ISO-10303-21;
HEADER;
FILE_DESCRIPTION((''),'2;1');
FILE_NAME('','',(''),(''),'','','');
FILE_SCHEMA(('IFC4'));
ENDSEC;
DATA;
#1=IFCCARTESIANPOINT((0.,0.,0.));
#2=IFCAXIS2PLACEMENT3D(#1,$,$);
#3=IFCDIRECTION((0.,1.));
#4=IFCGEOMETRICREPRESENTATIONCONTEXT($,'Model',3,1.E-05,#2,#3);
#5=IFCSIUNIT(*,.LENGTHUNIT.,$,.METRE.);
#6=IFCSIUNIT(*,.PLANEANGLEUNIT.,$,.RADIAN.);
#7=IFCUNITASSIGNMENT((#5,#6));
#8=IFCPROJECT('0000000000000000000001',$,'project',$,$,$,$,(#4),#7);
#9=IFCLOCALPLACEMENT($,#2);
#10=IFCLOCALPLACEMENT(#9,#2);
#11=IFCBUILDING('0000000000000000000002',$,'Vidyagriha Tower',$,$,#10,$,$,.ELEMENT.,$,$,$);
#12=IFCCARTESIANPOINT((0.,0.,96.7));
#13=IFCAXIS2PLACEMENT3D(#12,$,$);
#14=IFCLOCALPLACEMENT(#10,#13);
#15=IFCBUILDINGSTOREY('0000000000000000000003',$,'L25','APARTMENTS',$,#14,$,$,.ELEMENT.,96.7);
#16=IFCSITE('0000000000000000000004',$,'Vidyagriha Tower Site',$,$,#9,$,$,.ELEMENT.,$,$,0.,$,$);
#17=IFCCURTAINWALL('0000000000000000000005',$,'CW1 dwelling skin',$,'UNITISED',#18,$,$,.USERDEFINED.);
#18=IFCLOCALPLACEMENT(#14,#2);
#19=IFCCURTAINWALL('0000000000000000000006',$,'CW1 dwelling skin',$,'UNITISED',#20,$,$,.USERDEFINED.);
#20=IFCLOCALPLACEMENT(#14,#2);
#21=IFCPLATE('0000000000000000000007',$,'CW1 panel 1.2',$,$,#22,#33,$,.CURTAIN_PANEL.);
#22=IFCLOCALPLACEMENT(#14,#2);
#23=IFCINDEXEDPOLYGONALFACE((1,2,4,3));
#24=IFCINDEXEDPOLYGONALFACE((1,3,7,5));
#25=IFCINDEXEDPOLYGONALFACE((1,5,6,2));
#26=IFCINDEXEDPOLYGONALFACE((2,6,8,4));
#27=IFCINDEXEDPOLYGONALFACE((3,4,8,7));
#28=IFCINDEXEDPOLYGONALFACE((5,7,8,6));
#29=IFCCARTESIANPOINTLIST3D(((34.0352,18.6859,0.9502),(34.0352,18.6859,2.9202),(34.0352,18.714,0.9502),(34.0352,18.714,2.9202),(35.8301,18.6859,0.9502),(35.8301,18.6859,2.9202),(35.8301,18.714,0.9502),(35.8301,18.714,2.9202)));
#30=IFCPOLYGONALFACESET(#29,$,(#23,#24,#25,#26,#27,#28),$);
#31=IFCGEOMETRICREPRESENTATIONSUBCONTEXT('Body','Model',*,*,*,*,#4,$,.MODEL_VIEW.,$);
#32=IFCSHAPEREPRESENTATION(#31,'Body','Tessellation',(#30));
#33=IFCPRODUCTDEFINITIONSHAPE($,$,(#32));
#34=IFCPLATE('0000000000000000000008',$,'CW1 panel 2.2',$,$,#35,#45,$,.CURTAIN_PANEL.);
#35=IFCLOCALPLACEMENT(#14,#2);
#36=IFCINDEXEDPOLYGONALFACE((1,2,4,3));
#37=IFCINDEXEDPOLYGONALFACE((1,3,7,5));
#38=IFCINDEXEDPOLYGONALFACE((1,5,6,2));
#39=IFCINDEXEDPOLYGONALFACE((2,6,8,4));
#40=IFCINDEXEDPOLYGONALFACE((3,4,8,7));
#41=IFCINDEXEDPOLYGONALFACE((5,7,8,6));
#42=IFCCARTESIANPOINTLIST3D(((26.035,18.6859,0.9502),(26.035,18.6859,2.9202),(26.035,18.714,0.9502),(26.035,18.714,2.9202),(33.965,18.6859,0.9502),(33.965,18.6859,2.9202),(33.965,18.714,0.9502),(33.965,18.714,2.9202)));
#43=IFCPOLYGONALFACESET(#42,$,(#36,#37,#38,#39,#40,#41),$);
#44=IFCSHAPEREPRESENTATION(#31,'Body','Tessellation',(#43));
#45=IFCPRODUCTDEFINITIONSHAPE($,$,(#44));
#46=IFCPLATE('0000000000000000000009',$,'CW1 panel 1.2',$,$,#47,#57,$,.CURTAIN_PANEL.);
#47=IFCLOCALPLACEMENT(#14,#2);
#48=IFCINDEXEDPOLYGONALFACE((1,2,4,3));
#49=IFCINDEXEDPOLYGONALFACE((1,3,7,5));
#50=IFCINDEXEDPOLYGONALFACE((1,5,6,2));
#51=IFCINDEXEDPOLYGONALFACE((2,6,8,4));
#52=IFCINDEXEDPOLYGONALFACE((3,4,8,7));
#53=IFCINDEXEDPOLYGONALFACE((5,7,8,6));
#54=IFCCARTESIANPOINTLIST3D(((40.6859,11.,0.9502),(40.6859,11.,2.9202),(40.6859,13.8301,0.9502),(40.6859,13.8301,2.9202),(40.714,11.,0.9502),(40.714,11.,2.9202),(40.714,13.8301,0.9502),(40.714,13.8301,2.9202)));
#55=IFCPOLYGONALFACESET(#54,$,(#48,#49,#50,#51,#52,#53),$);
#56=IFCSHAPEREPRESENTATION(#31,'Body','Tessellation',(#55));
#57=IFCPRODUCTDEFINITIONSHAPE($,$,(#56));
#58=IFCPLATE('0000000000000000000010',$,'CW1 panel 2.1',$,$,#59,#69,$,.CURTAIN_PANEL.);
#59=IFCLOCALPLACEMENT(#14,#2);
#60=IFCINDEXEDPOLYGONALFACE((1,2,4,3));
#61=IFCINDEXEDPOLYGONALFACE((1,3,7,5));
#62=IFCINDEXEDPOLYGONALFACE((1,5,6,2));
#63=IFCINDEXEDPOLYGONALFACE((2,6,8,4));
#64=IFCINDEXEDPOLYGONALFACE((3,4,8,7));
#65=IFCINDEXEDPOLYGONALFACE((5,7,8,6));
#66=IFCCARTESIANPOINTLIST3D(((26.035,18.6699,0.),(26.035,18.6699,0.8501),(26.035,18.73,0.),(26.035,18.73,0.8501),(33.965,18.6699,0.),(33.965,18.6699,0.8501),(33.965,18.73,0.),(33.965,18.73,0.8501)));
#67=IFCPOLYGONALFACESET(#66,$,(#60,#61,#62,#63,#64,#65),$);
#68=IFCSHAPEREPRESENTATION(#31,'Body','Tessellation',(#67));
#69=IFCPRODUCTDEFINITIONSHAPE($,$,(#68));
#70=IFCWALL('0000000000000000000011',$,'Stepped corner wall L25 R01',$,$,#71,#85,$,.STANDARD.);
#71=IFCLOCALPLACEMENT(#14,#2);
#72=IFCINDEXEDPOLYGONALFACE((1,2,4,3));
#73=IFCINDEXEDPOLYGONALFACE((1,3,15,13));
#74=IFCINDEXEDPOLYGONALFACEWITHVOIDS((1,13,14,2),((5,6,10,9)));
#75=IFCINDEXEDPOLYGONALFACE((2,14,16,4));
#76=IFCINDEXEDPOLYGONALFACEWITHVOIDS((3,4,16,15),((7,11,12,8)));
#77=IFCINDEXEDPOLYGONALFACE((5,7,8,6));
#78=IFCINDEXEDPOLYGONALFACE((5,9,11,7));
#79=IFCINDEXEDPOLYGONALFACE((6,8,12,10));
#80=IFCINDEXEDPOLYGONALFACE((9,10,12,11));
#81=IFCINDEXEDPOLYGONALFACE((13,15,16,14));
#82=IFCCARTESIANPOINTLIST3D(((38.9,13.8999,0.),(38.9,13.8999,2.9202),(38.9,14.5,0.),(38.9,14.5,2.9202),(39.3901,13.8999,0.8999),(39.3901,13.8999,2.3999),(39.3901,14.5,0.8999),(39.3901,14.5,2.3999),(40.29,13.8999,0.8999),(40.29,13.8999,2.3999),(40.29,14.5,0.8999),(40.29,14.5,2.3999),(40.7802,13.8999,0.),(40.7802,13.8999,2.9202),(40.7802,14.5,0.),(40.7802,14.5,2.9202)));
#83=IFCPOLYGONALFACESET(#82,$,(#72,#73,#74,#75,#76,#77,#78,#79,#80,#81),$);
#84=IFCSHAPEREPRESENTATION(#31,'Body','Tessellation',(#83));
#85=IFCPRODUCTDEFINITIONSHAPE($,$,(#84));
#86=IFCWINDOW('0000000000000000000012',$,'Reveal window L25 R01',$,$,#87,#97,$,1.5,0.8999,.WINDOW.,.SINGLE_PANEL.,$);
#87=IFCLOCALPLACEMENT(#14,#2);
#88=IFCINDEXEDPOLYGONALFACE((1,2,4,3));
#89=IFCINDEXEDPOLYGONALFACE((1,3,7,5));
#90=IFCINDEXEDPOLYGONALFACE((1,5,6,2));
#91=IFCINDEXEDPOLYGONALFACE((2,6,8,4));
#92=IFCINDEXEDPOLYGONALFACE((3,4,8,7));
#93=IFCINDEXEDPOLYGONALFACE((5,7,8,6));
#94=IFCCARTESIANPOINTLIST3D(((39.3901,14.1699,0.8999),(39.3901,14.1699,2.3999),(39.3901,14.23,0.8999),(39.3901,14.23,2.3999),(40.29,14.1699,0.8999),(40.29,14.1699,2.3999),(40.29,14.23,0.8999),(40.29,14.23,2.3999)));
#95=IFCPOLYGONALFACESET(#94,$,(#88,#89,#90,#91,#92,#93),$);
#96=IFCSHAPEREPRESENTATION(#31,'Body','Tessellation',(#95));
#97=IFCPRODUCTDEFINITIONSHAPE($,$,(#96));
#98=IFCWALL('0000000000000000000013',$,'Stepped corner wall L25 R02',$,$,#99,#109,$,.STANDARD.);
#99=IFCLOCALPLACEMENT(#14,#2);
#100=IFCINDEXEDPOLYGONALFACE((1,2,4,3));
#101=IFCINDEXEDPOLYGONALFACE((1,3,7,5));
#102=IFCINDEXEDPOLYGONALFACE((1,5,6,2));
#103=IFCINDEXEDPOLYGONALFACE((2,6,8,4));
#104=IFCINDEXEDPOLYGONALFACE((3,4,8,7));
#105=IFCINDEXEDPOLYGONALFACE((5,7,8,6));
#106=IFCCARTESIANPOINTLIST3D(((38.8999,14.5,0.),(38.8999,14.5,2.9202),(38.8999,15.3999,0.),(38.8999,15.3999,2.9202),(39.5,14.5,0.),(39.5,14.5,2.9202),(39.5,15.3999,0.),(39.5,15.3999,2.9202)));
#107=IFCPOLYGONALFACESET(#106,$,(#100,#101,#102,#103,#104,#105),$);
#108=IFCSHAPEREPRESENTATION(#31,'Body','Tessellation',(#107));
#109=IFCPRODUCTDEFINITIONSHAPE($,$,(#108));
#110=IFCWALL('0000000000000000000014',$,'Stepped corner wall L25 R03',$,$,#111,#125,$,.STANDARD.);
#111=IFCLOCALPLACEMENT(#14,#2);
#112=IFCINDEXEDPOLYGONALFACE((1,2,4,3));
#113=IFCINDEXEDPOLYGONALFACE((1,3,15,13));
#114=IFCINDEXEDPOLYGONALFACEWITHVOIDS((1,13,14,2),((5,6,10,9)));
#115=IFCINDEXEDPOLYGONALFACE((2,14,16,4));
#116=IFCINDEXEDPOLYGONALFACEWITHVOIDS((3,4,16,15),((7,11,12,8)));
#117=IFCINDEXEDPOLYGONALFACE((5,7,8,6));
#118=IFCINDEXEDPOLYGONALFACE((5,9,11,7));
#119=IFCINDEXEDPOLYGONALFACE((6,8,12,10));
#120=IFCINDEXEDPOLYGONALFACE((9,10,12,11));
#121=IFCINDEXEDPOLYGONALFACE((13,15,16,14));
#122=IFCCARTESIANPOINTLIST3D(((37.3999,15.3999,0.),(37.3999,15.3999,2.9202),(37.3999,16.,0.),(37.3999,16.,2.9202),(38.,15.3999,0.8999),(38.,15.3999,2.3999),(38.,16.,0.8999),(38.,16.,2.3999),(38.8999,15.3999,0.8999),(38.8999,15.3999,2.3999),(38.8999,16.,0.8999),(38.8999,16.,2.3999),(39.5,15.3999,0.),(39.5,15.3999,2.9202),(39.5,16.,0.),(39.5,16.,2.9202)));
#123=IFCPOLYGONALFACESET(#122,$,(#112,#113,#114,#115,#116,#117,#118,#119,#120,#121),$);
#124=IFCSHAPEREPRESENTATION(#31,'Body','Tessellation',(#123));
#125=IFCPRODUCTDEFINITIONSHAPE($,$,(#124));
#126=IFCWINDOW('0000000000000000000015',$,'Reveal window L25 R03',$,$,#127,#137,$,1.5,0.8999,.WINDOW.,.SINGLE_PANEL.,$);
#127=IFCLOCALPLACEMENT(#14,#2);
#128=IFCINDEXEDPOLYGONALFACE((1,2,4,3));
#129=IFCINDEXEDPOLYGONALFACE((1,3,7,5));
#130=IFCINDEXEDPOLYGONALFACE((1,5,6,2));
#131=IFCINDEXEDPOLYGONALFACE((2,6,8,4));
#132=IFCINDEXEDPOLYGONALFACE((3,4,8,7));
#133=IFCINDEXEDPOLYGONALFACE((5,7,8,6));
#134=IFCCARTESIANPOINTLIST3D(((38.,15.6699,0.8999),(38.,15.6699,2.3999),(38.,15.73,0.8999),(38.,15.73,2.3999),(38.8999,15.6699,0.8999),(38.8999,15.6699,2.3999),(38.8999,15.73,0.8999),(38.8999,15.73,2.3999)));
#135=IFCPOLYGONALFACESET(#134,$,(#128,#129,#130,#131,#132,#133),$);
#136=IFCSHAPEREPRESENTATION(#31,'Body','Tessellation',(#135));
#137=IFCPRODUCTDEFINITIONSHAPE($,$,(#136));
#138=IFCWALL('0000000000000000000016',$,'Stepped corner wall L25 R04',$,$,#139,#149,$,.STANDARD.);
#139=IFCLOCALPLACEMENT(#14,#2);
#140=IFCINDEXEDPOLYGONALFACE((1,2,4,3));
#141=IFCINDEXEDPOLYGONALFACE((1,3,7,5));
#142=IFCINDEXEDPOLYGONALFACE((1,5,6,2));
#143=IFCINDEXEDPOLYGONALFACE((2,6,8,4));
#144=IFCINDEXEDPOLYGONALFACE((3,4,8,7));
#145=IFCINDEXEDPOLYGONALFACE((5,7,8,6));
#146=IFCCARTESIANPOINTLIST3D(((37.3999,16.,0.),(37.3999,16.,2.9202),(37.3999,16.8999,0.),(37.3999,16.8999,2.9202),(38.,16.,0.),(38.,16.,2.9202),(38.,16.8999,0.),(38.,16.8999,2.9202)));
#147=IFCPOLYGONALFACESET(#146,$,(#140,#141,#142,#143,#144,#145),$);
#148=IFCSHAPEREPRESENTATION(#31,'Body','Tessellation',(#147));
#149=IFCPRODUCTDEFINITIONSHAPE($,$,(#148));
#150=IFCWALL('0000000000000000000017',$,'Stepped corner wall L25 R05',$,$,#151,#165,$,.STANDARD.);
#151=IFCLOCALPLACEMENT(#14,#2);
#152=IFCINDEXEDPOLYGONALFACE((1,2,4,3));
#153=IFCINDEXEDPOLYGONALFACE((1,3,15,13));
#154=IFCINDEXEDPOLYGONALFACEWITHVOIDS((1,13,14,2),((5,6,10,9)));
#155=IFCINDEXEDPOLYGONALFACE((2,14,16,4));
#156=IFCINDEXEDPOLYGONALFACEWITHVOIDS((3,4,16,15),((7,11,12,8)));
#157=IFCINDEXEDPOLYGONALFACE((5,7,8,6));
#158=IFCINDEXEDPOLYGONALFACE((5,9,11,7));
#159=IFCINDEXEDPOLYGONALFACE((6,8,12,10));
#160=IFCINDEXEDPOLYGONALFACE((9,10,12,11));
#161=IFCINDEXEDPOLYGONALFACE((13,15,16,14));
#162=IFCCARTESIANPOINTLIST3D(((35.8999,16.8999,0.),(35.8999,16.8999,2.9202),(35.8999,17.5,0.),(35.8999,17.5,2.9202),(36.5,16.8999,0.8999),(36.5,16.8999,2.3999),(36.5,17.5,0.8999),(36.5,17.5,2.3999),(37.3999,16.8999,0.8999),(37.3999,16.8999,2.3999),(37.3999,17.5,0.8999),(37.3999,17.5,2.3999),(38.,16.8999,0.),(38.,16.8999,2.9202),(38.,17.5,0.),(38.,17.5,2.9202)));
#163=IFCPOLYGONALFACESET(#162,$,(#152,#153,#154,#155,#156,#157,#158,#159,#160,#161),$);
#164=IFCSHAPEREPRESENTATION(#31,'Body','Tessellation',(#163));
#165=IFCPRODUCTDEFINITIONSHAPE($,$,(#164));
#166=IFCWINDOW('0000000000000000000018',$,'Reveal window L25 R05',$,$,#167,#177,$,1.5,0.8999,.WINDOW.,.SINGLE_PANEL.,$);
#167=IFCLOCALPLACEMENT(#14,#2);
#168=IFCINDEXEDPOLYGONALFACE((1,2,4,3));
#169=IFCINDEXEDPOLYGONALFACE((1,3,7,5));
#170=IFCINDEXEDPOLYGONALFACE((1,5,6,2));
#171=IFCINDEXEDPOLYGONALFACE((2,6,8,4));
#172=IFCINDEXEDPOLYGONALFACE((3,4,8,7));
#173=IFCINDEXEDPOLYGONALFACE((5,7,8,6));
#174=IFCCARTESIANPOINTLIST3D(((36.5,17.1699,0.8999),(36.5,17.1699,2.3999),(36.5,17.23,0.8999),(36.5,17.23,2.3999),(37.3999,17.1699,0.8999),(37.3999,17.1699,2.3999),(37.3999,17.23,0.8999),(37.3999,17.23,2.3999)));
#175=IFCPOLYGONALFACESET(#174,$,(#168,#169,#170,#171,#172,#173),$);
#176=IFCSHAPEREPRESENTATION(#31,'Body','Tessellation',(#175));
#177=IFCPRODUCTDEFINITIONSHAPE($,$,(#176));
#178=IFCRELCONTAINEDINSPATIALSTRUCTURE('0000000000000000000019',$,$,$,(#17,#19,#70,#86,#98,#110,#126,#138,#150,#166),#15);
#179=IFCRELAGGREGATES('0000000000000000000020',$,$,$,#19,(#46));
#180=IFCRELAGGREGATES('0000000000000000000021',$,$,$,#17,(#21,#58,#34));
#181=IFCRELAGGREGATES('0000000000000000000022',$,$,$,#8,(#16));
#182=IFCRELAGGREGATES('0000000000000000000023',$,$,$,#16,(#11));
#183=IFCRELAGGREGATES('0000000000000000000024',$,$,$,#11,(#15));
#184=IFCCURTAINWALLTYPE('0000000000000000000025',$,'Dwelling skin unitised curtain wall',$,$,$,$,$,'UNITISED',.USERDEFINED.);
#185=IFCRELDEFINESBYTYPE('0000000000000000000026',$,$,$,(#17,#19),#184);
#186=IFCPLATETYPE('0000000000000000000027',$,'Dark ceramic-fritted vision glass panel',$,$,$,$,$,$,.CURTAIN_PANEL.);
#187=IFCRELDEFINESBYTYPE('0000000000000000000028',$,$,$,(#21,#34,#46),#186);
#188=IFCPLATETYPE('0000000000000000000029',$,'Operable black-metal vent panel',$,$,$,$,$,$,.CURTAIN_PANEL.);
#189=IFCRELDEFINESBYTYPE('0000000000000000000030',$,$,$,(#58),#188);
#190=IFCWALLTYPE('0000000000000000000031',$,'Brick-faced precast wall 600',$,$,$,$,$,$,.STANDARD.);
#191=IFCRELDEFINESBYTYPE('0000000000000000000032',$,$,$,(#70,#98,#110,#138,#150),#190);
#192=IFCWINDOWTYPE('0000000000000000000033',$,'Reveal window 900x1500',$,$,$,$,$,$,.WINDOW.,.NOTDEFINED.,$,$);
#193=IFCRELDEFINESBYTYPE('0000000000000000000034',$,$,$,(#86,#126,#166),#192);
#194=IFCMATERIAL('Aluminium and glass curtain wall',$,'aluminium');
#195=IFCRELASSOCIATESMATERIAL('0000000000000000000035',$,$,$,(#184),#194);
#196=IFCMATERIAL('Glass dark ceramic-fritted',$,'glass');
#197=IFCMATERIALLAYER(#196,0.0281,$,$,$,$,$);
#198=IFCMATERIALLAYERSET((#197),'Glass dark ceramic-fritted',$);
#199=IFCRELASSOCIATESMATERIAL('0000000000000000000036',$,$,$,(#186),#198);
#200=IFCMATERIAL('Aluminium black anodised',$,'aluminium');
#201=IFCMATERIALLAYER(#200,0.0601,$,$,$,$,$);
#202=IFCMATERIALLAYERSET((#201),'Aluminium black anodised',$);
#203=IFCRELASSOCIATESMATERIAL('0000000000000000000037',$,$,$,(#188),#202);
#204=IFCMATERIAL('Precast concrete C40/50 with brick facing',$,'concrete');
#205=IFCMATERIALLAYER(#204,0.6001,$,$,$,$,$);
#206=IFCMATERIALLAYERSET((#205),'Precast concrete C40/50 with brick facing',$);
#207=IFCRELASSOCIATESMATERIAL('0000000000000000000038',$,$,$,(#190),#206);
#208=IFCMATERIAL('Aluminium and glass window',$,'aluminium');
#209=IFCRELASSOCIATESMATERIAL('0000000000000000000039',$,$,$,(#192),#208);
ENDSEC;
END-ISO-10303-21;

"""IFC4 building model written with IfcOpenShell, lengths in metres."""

from ifc_helpers import new_model, si_unit, direction, frame, frame_2d, origin, origin_2d, place, context, subcontext, project, spatial, rectangle, extrude, material, layer, layer_set, type_object, element, fill, aggregate, save


model = new_model("IFC4")

# Units and contexts
model_context = context("Model", 3, precision=1e-05, world=origin(), true_north=direction((0.0, 1.0)))
body_context = subcontext(model_context, "Body", "Model", "MODEL_VIEW")
ifc_project = project(units=[si_unit("LENGTHUNIT", "METRE"), si_unit("PLANEANGLEUNIT", "RADIAN")], contexts=[model_context])

# Site, building, storey
site_placement = place(None, origin())
site = spatial("IfcSite", under=ifc_project, at=site_placement, Name="Vidyagriha Tower Site", CompositionType="ELEMENT", RefElevation=0.0)
building_placement = place(site_placement, origin())
building = spatial("IfcBuilding", under=site, at=building_placement, Name="Vidyagriha Tower", CompositionType="ELEMENT")
storey_placement = place(building_placement, frame((0.0, 0.0, 96.7)))
storey = spatial("IfcBuildingStorey", under=building, at=storey_placement, Name="L25", Description="APARTMENTS", CompositionType="ELEMENT", Elevation=96.7)

# Curtain wall
ifc_material_1 = material(Name="Aluminium and glass curtain wall", Category="aluminium")
curtain_wall_type = type_object("IfcCurtainWallType", Name="Dwelling skin unitised curtain wall", ElementType="UNITISED", PredefinedType="USERDEFINED", material=ifc_material_1)
curtain_wall_1_placement = place(storey_placement, origin())
curtain_wall_1 = element("IfcCurtainWall", 1, at=curtain_wall_1_placement, inside=storey, type_object=curtain_wall_type, Name="CW1 dwelling skin", ObjectType="UNITISED", PredefinedType="USERDEFINED")

# Curtain wall
curtain_wall_2_placement = place(storey_placement, origin())
curtain_wall_2 = element("IfcCurtainWall", 2, at=curtain_wall_2_placement, inside=storey, type_object=curtain_wall_type, Name="CW1 dwelling skin", ObjectType="UNITISED", PredefinedType="USERDEFINED")

# Plates
ifc_material_2 = material(Name="Glass dark ceramic-fritted", Category="glass")
ifc_layer_1 = layer(ifc_material_2, 0.0281)
ifc_layer_set_1 = layer_set([ifc_layer_1], Name="Glass dark ceramic-fritted")
plate_type_1 = type_object("IfcPlateType", Name="Dark ceramic-fritted vision glass panel", PredefinedType="CURTAIN_PANEL", material=ifc_layer_set_1)
plate_1_placement = place(storey_placement, frame((34.9326, 18.7, 0.9502), z_axis=(0.0, 0.0, 1.0), x_axis=(-1.0, 0.0, 0.0)))
plate_1 = element("IfcPlate", 3, at=plate_1_placement, type_object=plate_type_1, Name="CW1 panel 1.2", PredefinedType="CURTAIN_PANEL", context=body_context, shape_type="SweptSolid", body=[
    extrude(rectangle(XDim=1.7949, YDim=0.0281, at=origin_2d()), origin(), (0.0, 0.0, 1.0), 1.97),
])
plate_2_placement = place(storey_placement, frame((30.0, 18.7, 0.9502), z_axis=(0.0, 0.0, 1.0), x_axis=(-1.0, 0.0, 0.0)))
plate_2 = element("IfcPlate", 4, at=plate_2_placement, type_object=plate_type_1, Name="CW1 panel 2.2", PredefinedType="CURTAIN_PANEL", context=body_context, shape_type="SweptSolid", body=[
    extrude(rectangle(XDim=7.9299, YDim=0.0281, at=origin_2d()), origin(), (0.0, 0.0, 1.0), 1.97),
])
plate_3_placement = place(storey_placement, frame((40.7, 12.415, 0.9502), z_axis=(0.0, 0.0, 1.0), x_axis=(0.0, 1.0, 0.0)))
plate_3 = element("IfcPlate", 5, at=plate_3_placement, type_object=plate_type_1, Name="CW1 panel 1.2", PredefinedType="CURTAIN_PANEL", context=body_context, shape_type="SweptSolid", body=[
    extrude(rectangle(XDim=2.8301, YDim=0.0281, at=origin_2d()), origin(), (0.0, 0.0, 1.0), 1.97),
])
aggregate(curtain_wall_2, [plate_3])
ifc_material_3 = material(Name="Aluminium black anodised", Category="aluminium")
ifc_layer_2 = layer(ifc_material_3, 0.0601)
ifc_layer_set_2 = layer_set([ifc_layer_2], Name="Aluminium black anodised")
plate_type_2 = type_object("IfcPlateType", Name="Operable black-metal vent panel", PredefinedType="CURTAIN_PANEL", material=ifc_layer_set_2)
plate_4_placement = place(storey_placement, frame((30.0, 18.7, 0.0), z_axis=(0.0, 0.0, 1.0), x_axis=(-1.0, 0.0, 0.0)))
plate_4 = element("IfcPlate", 6, at=plate_4_placement, type_object=plate_type_2, Name="CW1 panel 2.1", PredefinedType="CURTAIN_PANEL", context=body_context, shape_type="SweptSolid", body=[
    extrude(rectangle(XDim=7.9299, YDim=0.0601, at=origin_2d()), origin(), (0.0, 0.0, 1.0), 0.8501),
])
aggregate(curtain_wall_1, [plate_1, plate_4, plate_2])

# Wall, opening, window
ifc_material_4 = material(Name="Precast concrete C40/50 with brick facing", Category="concrete")
ifc_layer_3 = layer(ifc_material_4, 0.6001)
ifc_layer_set_3 = layer_set([ifc_layer_3], Name="Precast concrete C40/50 with brick facing")
wall_type_1 = type_object("IfcWallType", Name="Brick-faced precast wall 600", PredefinedType="STANDARD", material=ifc_layer_set_3)
wall_1_placement = place(storey_placement, frame((40.78, 14.2, 0.0), z_axis=(0.0, 0.0, 1.0), x_axis=(-1.0, 0.0, 0.0)))
wall_1 = element("IfcWall", 7, at=wall_1_placement, inside=storey, type_object=wall_type_1, Name="Stepped corner wall L25 R01", PredefinedType="STANDARD", context=body_context, shape_type="SweptSolid", body=[
    extrude(rectangle(XDim=1.8801, YDim=0.6001, at=frame_2d((0.9399, 0.0))), origin(), (0.0, 0.0, 1.0), 2.9202),
])
opening_1_placement = place(wall_1_placement, frame((0.49, 0.0, 0.8999)))
opening_1 = element("IfcOpeningElement", 8, at=opening_1_placement, cuts=wall_1, PredefinedType="OPENING", context=body_context, shape_type="SweptSolid", body=[
    extrude(rectangle(XDim=0.8999, YDim=1.5, at=frame_2d((0.45, 0.75))), frame((0.0, 0.3101, 0.0), z_axis=(0.0, -1.0, 0.0), x_axis=(1.0, 0.0, 0.0)), (0.0, 0.0, 1.0), 0.6201),
])
ifc_material_5 = material(Name="Aluminium and glass window", Category="aluminium")
window_type = type_object("IfcWindowType", Name="Reveal window 900x1500", PartitioningType="NOTDEFINED", PredefinedType="WINDOW", material=ifc_material_5)
window_1_placement = place(opening_1_placement, origin())
window_1 = element("IfcWindow", 9, at=window_1_placement, inside=storey, type_object=window_type, Name="Reveal window L25 R01", OverallHeight=1.5, OverallWidth=0.8999, PartitioningType="SINGLE_PANEL", PredefinedType="WINDOW", context=body_context, shape_type="SweptSolid", body=[
    extrude(rectangle(XDim=0.8999, YDim=1.5, at=frame_2d((0.45, 0.75))), frame((0.0, 0.03, 0.0), z_axis=(0.0, -1.0, 0.0), x_axis=(1.0, 0.0, 0.0)), (0.0, 0.0, 1.0), 0.0601),
])
fill(opening_1, window_1)

# Wall
wall_2_placement = place(storey_placement, frame((39.2, 14.5, 0.0), z_axis=(0.0, 0.0, 1.0), x_axis=(0.0, 1.0, 0.0)))
element("IfcWall", 10, at=wall_2_placement, inside=storey, type_object=wall_type_1, Name="Stepped corner wall L25 R02", PredefinedType="STANDARD", context=body_context, shape_type="SweptSolid", body=[
    extrude(rectangle(XDim=0.8999, YDim=0.6001, at=frame_2d((0.45, 0.0))), origin(), (0.0, 0.0, 1.0), 2.9202),
])

# Wall, opening, window
wall_3_placement = place(storey_placement, frame((39.5, 15.7, 0.0), z_axis=(0.0, 0.0, 1.0), x_axis=(-1.0, 0.0, 0.0)))
wall_3 = element("IfcWall", 11, at=wall_3_placement, inside=storey, type_object=wall_type_1, Name="Stepped corner wall L25 R03", PredefinedType="STANDARD", context=body_context, shape_type="SweptSolid", body=[
    extrude(rectangle(XDim=2.1001, YDim=0.6001, at=frame_2d((1.05, 0.0))), origin(), (0.0, 0.0, 1.0), 2.9202),
])
opening_2_placement = place(wall_3_placement, frame((0.6001, 0.0, 0.8999)))
opening_2 = element("IfcOpeningElement", 12, at=opening_2_placement, cuts=wall_3, PredefinedType="OPENING", context=body_context, shape_type="SweptSolid", body=[
    extrude(rectangle(XDim=0.8999, YDim=1.5, at=frame_2d((0.45, 0.75))), frame((0.0, 0.3101, 0.0), z_axis=(0.0, -1.0, 0.0), x_axis=(1.0, 0.0, 0.0)), (0.0, 0.0, 1.0), 0.6201),
])
window_2_placement = place(opening_2_placement, origin())
window_2 = element("IfcWindow", 13, at=window_2_placement, inside=storey, type_object=window_type, Name="Reveal window L25 R03", OverallHeight=1.5, OverallWidth=0.8999, PartitioningType="SINGLE_PANEL", PredefinedType="WINDOW", context=body_context, shape_type="SweptSolid", body=[
    extrude(rectangle(XDim=0.8999, YDim=1.5, at=frame_2d((0.45, 0.75))), frame((0.0, 0.03, 0.0), z_axis=(0.0, -1.0, 0.0), x_axis=(1.0, 0.0, 0.0)), (0.0, 0.0, 1.0), 0.0601),
])
fill(opening_2, window_2)

# Wall
wall_4_placement = place(storey_placement, frame((37.7, 16.0, 0.0), z_axis=(0.0, 0.0, 1.0), x_axis=(0.0, 1.0, 0.0)))
element("IfcWall", 14, at=wall_4_placement, inside=storey, type_object=wall_type_1, Name="Stepped corner wall L25 R04", PredefinedType="STANDARD", context=body_context, shape_type="SweptSolid", body=[
    extrude(rectangle(XDim=0.8999, YDim=0.6001, at=frame_2d((0.45, 0.0))), origin(), (0.0, 0.0, 1.0), 2.9202),
])

# Wall, opening, window
wall_5_placement = place(storey_placement, frame((38.0, 17.2, 0.0), z_axis=(0.0, 0.0, 1.0), x_axis=(-1.0, 0.0, 0.0)))
wall_5 = element("IfcWall", 15, at=wall_5_placement, inside=storey, type_object=wall_type_1, Name="Stepped corner wall L25 R05", PredefinedType="STANDARD", context=body_context, shape_type="SweptSolid", body=[
    extrude(rectangle(XDim=2.1001, YDim=0.6001, at=frame_2d((1.05, 0.0))), origin(), (0.0, 0.0, 1.0), 2.9202),
])
opening_3_placement = place(wall_5_placement, frame((0.6001, 0.0, 0.8999)))
opening_3 = element("IfcOpeningElement", 16, at=opening_3_placement, cuts=wall_5, PredefinedType="OPENING", context=body_context, shape_type="SweptSolid", body=[
    extrude(rectangle(XDim=0.8999, YDim=1.5, at=frame_2d((0.45, 0.75))), frame((0.0, 0.3101, 0.0), z_axis=(0.0, -1.0, 0.0), x_axis=(1.0, 0.0, 0.0)), (0.0, 0.0, 1.0), 0.6201),
])
window_3_placement = place(opening_3_placement, origin())
window_3 = element("IfcWindow", 17, at=window_3_placement, inside=storey, type_object=window_type, Name="Reveal window L25 R05", OverallHeight=1.5, OverallWidth=0.8999, PartitioningType="SINGLE_PANEL", PredefinedType="WINDOW", context=body_context, shape_type="SweptSolid", body=[
    extrude(rectangle(XDim=0.8999, YDim=1.5, at=frame_2d((0.45, 0.75))), frame((0.0, 0.03, 0.0), z_axis=(0.0, -1.0, 0.0), x_axis=(1.0, 0.0, 0.0)), (0.0, 0.0, 1.0), 0.0601),
])
fill(opening_3, window_3)

save(model, "model.ifc")
